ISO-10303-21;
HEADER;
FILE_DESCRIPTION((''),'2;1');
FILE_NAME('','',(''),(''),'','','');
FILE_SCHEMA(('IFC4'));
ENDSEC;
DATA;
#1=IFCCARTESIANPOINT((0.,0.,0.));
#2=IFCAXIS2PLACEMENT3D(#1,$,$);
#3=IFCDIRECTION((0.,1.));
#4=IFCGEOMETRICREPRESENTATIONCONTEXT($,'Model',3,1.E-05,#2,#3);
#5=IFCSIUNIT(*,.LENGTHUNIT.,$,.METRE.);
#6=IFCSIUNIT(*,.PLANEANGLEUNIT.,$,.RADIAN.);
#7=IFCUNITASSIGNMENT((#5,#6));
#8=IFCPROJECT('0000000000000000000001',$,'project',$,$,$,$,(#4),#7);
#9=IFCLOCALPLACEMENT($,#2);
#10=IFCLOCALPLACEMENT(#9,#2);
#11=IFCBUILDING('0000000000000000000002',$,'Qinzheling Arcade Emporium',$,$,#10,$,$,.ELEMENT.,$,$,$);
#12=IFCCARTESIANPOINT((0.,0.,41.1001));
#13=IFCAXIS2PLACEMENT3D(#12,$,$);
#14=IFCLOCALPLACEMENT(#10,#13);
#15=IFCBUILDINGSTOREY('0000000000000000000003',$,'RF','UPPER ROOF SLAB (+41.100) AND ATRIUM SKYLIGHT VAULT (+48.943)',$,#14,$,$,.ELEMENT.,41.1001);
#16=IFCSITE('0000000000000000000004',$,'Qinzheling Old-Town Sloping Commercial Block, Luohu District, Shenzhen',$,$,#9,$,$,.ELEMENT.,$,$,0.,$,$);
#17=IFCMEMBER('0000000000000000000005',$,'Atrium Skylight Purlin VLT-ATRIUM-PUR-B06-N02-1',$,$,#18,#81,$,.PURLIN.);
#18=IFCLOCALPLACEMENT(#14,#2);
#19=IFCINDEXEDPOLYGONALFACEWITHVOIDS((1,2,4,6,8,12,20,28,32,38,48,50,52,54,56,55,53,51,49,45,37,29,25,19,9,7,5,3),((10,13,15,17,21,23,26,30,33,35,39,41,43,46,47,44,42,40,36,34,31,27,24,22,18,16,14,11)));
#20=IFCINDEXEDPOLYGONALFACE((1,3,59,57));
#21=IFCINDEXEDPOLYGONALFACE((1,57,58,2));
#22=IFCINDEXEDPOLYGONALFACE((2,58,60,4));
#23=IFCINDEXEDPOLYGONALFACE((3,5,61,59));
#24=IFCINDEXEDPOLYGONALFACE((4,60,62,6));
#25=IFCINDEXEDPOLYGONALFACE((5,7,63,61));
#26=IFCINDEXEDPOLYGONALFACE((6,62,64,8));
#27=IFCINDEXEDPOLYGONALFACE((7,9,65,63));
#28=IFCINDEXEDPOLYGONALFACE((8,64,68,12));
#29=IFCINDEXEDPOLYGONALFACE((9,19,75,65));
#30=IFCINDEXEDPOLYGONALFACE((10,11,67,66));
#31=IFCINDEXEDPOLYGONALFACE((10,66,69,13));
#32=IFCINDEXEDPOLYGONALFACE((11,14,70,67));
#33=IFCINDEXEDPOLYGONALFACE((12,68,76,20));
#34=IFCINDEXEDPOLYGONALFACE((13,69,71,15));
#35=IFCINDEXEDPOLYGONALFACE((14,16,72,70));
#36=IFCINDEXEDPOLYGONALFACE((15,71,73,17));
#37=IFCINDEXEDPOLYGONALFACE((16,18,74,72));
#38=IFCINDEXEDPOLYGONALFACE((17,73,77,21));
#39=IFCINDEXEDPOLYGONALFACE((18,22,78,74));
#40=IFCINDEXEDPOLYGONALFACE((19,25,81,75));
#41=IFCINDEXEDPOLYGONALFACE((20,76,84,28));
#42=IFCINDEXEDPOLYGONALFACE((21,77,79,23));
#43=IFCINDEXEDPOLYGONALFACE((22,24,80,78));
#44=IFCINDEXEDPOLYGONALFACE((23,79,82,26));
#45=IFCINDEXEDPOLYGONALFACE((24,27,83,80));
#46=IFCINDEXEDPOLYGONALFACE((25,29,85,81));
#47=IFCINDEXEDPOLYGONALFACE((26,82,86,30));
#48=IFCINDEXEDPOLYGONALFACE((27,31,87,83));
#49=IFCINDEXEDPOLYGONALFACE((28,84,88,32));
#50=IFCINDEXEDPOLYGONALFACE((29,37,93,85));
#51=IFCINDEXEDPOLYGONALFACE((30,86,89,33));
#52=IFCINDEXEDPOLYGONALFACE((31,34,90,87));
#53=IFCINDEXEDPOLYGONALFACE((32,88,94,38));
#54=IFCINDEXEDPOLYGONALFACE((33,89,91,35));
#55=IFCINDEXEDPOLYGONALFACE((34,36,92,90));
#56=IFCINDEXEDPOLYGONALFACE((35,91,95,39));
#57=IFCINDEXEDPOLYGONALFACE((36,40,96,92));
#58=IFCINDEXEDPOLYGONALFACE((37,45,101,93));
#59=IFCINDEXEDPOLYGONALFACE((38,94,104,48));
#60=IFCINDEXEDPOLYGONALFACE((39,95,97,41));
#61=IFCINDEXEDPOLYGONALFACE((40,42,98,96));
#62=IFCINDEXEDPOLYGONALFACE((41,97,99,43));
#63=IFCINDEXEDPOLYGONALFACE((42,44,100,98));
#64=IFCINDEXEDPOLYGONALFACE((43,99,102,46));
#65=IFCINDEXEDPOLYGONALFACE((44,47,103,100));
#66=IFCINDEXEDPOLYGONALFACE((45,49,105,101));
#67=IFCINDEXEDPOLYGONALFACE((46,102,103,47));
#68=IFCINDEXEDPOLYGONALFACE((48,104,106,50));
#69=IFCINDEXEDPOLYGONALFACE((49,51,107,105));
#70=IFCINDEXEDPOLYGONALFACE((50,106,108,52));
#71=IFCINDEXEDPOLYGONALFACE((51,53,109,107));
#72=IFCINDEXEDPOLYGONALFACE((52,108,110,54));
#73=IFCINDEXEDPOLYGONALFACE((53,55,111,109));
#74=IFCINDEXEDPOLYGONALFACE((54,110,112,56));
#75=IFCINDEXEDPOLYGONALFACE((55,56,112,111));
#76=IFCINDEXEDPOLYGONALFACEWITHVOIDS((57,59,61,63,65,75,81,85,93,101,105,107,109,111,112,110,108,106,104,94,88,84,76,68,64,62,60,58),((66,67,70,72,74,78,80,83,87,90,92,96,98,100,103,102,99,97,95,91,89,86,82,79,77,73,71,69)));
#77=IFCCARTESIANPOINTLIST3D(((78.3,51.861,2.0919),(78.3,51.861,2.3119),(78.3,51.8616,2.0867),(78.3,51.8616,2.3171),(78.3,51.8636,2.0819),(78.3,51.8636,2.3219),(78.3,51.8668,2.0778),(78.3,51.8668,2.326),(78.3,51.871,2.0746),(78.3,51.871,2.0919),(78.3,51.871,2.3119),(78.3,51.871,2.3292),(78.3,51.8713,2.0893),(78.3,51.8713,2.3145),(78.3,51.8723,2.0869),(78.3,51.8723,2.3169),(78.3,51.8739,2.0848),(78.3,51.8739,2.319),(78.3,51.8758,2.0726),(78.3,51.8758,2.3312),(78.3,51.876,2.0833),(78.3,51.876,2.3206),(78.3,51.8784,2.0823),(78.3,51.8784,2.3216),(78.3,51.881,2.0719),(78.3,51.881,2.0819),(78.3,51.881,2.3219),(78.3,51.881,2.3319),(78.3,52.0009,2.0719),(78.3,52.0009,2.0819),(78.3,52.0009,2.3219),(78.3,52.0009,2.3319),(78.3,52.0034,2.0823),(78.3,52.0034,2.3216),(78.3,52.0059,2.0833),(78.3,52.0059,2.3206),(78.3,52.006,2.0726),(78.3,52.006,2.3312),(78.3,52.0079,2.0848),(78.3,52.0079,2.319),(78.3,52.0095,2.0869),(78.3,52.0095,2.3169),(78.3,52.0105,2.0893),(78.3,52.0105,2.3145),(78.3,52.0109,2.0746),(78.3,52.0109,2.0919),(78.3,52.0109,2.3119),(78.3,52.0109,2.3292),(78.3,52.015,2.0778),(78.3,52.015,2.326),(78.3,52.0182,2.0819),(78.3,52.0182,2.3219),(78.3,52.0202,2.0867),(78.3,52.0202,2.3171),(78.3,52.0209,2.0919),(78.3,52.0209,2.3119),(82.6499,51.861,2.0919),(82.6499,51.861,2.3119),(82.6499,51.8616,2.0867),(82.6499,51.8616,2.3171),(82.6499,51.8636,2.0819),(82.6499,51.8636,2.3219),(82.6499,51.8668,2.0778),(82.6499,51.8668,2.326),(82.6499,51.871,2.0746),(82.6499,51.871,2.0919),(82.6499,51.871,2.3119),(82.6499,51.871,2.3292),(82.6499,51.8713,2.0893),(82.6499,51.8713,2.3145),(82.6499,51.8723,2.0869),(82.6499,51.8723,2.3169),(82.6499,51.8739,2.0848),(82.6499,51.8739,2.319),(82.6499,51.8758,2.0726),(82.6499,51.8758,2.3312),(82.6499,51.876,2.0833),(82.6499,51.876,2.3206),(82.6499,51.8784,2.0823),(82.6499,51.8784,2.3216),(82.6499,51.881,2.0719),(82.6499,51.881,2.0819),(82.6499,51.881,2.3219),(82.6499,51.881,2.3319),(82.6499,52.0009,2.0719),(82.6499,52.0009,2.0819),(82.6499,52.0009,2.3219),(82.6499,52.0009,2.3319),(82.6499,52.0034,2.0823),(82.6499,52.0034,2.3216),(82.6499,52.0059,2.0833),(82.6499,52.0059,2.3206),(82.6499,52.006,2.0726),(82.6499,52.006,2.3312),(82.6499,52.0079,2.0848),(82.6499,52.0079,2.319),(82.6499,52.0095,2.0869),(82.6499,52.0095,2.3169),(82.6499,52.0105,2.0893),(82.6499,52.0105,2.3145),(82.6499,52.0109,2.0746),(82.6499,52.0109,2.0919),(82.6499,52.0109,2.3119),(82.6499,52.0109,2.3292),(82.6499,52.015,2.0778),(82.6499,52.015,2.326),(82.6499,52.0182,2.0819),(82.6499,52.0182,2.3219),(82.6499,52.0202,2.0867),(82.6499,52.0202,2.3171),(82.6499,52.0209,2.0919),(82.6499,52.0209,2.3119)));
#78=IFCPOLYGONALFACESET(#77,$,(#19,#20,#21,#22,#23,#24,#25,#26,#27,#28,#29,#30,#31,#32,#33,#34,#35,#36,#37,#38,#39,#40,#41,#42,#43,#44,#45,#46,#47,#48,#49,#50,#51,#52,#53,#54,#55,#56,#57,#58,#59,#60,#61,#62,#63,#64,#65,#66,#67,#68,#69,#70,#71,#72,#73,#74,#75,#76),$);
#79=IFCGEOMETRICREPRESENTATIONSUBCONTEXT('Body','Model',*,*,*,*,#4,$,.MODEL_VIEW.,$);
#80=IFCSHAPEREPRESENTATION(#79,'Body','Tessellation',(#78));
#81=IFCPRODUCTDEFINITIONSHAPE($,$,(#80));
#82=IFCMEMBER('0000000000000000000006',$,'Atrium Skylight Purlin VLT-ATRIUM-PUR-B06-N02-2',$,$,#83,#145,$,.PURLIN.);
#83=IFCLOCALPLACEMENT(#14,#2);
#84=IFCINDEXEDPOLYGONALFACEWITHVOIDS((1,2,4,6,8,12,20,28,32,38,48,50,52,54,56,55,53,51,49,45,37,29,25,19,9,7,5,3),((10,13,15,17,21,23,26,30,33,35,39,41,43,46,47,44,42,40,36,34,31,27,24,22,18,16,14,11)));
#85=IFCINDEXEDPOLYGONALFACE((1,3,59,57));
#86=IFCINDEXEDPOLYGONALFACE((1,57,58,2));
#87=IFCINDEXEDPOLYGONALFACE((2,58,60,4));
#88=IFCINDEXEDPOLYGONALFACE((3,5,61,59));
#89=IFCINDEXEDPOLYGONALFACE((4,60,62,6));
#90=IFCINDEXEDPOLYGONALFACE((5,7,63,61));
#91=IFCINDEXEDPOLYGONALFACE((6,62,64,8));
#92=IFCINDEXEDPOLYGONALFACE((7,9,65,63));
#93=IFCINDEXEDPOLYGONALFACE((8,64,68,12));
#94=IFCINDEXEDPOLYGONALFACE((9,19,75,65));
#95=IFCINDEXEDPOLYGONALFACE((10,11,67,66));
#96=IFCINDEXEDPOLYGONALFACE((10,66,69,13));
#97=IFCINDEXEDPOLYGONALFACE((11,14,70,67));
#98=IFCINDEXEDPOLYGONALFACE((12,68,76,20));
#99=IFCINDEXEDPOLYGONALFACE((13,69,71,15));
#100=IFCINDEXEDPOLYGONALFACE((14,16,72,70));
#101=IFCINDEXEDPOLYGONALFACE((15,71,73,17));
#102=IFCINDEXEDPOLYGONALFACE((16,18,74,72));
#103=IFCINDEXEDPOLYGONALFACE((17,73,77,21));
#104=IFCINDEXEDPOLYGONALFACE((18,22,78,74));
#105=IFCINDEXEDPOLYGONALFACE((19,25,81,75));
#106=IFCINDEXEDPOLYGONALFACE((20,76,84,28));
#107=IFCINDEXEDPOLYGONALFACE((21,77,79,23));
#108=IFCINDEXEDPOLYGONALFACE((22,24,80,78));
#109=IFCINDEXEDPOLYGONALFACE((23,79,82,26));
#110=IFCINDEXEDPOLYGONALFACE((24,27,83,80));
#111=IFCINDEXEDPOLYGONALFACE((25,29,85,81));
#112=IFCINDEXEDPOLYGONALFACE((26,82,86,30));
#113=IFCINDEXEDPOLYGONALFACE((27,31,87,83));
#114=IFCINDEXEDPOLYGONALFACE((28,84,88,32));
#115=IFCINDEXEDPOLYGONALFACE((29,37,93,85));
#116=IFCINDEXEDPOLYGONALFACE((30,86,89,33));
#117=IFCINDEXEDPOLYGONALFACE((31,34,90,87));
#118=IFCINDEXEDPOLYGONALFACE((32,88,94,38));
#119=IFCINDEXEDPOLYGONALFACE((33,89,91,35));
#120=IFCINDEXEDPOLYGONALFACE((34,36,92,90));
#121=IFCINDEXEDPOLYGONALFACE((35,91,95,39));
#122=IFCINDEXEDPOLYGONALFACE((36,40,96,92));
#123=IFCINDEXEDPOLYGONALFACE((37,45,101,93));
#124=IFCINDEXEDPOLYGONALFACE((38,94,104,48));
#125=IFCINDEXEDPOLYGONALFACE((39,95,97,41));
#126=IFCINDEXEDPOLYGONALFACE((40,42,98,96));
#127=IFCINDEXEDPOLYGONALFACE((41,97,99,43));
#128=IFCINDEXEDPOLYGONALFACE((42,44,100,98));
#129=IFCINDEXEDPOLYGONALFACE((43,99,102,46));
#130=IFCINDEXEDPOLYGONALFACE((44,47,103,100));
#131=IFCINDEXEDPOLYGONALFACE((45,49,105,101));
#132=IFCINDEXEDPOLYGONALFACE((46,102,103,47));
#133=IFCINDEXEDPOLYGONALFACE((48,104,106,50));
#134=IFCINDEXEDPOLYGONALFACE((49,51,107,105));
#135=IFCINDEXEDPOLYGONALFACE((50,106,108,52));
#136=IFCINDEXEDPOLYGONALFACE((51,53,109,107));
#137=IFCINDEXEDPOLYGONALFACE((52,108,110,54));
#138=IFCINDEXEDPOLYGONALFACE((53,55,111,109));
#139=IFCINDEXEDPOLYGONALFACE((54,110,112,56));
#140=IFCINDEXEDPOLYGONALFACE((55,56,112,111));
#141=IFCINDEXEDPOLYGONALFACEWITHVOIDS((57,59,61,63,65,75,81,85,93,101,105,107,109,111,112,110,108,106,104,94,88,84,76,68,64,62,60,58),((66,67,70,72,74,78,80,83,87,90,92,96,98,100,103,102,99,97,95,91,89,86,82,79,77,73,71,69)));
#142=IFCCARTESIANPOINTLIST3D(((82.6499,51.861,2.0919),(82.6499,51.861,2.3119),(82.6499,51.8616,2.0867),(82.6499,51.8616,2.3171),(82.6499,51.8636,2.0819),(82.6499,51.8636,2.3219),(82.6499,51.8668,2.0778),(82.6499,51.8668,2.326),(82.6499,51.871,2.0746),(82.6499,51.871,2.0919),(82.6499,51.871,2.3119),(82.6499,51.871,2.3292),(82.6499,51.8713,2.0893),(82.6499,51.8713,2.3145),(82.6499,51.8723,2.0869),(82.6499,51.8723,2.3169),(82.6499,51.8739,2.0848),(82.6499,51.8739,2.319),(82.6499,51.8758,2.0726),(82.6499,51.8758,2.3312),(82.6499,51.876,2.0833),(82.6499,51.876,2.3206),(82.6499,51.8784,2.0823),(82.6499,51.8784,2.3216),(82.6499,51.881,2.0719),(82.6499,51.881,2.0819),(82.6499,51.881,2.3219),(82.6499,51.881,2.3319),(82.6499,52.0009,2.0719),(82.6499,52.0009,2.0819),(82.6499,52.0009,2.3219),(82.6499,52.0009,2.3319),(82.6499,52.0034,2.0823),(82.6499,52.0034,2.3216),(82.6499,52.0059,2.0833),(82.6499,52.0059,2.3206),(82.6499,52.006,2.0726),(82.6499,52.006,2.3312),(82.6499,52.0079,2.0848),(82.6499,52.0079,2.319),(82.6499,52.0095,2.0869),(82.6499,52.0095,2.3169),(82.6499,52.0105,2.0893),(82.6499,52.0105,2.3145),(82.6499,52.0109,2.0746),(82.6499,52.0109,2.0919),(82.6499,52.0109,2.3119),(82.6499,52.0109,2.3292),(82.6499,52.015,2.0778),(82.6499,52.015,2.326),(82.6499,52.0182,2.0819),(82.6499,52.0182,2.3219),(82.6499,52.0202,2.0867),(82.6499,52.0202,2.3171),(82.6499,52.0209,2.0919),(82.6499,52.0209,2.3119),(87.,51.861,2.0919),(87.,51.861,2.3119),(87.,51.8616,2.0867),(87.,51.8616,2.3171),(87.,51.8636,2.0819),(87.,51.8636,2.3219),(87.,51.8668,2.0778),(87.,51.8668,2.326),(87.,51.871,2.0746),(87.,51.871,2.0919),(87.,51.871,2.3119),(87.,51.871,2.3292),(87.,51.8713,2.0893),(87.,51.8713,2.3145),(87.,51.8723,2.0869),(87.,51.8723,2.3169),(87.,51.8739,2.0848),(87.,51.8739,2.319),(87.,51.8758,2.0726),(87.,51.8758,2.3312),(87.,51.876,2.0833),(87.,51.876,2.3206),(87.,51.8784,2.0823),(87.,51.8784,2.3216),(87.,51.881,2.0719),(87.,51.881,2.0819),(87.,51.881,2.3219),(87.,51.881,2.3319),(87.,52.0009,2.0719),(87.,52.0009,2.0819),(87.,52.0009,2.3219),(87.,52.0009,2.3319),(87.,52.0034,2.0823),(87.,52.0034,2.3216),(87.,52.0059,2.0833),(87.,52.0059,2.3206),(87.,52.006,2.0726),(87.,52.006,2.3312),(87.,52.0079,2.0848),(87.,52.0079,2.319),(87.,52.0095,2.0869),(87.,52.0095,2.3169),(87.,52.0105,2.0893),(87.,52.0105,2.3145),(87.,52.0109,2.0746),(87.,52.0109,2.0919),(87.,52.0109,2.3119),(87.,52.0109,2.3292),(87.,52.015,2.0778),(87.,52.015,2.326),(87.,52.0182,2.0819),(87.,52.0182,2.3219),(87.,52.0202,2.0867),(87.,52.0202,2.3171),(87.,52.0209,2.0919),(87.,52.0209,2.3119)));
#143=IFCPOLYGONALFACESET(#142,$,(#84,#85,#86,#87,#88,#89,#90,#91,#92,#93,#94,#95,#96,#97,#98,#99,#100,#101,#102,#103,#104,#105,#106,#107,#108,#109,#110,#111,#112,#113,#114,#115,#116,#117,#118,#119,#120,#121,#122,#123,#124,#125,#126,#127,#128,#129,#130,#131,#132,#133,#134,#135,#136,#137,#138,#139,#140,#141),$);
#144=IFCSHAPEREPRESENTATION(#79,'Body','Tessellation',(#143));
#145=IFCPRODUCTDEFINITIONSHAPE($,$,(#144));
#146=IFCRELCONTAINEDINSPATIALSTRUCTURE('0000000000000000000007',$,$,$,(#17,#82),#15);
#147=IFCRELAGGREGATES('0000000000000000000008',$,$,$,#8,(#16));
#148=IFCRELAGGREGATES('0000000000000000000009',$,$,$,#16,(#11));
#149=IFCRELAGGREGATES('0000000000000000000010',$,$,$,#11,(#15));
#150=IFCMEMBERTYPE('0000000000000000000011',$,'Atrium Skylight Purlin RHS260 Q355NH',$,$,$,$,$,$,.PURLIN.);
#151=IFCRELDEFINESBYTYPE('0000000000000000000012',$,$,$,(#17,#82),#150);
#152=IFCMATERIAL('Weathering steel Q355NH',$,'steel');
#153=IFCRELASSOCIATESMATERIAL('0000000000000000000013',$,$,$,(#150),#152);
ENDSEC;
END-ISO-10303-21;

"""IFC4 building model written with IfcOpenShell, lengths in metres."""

from ifc_helpers import new_model, si_unit, direction, frame, origin, origin_2d, place, context, subcontext, project, spatial, hollow_rectangle, extrude, material, material_profile, profile_set, type_object, element, save


model = new_model("IFC4")

# Units and contexts
model_context = context("Model", 3, precision=1e-05, world=origin(), true_north=direction((0.0, 1.0)))
body_context = subcontext(model_context, "Body", "Model", "MODEL_VIEW")
ifc_project = project(units=[si_unit("LENGTHUNIT", "METRE"), si_unit("PLANEANGLEUNIT", "RADIAN")], contexts=[model_context])

# Site, building, storey
site_placement = place(None, origin())
site = spatial("IfcSite", under=ifc_project, at=site_placement, Name="Qinzheling Old-Town Sloping Commercial Block, Luohu District, Shenzhen", CompositionType="ELEMENT", RefElevation=0.0)
building_placement = place(site_placement, origin())
building = spatial("IfcBuilding", under=site, at=building_placement, Name="Qinzheling Arcade Emporium", CompositionType="ELEMENT")
storey_placement = place(building_placement, frame((0.0, 0.0, 41.1001)))
storey = spatial("IfcBuildingStorey", under=building, at=storey_placement, Name="RF", Description="UPPER ROOF SLAB (+41.100) AND ATRIUM SKYLIGHT VAULT (+48.943)", CompositionType="ELEMENT", Elevation=41.1001)

# Shared definitions
ifc_material_1 = material(Name="Weathering steel Q355NH", Category="steel")

# Members
ifc_material_profile_1 = material_profile(ifc_material_1, hollow_rectangle(XDim=0.1599, YDim=0.26, WallThickness=0.01, InnerFilletRadius=0.01, OuterFilletRadius=0.02, at=origin_2d()), Name="RHS 260x160x10", Category="steel")
ifc_profile_set_1 = profile_set([ifc_material_profile_1], Name="Weathering steel Q355NH")
member_type = type_object("IfcMemberType", Name="Atrium Skylight Purlin RHS260 Q355NH", PredefinedType="PURLIN", material=ifc_profile_set_1)
member_1_placement = place(storey_placement, frame((78.3, 51.9409, 2.2019), z_axis=(1.0, 0.0, 0.0), x_axis=(0.0, 1.0, 0.0)))
element("IfcMember", 1, at=member_1_placement, inside=storey, type_object=member_type, Name="Atrium Skylight Purlin VLT-ATRIUM-PUR-B06-N02-1", PredefinedType="PURLIN", context=body_context, shape_type="SweptSolid", body=[
    extrude(hollow_rectangle(XDim=0.1599, YDim=0.26, WallThickness=0.01, InnerFilletRadius=0.01, OuterFilletRadius=0.02, at=origin_2d()), origin(), (0.0, 0.0, 1.0), 4.3499),
])
member_2_placement = place(storey_placement, frame((82.6499, 51.9409, 2.2019), z_axis=(1.0, 0.0, 0.0), x_axis=(0.0, 1.0, 0.0)))
element("IfcMember", 2, at=member_2_placement, inside=storey, type_object=member_type, Name="Atrium Skylight Purlin VLT-ATRIUM-PUR-B06-N02-2", PredefinedType="PURLIN", context=body_context, shape_type="SweptSolid", body=[
    extrude(hollow_rectangle(XDim=0.1599, YDim=0.26, WallThickness=0.01, InnerFilletRadius=0.01, OuterFilletRadius=0.02, at=origin_2d()), origin(), (0.0, 0.0, 1.0), 4.3501),
])

save(model, "model.ifc")
